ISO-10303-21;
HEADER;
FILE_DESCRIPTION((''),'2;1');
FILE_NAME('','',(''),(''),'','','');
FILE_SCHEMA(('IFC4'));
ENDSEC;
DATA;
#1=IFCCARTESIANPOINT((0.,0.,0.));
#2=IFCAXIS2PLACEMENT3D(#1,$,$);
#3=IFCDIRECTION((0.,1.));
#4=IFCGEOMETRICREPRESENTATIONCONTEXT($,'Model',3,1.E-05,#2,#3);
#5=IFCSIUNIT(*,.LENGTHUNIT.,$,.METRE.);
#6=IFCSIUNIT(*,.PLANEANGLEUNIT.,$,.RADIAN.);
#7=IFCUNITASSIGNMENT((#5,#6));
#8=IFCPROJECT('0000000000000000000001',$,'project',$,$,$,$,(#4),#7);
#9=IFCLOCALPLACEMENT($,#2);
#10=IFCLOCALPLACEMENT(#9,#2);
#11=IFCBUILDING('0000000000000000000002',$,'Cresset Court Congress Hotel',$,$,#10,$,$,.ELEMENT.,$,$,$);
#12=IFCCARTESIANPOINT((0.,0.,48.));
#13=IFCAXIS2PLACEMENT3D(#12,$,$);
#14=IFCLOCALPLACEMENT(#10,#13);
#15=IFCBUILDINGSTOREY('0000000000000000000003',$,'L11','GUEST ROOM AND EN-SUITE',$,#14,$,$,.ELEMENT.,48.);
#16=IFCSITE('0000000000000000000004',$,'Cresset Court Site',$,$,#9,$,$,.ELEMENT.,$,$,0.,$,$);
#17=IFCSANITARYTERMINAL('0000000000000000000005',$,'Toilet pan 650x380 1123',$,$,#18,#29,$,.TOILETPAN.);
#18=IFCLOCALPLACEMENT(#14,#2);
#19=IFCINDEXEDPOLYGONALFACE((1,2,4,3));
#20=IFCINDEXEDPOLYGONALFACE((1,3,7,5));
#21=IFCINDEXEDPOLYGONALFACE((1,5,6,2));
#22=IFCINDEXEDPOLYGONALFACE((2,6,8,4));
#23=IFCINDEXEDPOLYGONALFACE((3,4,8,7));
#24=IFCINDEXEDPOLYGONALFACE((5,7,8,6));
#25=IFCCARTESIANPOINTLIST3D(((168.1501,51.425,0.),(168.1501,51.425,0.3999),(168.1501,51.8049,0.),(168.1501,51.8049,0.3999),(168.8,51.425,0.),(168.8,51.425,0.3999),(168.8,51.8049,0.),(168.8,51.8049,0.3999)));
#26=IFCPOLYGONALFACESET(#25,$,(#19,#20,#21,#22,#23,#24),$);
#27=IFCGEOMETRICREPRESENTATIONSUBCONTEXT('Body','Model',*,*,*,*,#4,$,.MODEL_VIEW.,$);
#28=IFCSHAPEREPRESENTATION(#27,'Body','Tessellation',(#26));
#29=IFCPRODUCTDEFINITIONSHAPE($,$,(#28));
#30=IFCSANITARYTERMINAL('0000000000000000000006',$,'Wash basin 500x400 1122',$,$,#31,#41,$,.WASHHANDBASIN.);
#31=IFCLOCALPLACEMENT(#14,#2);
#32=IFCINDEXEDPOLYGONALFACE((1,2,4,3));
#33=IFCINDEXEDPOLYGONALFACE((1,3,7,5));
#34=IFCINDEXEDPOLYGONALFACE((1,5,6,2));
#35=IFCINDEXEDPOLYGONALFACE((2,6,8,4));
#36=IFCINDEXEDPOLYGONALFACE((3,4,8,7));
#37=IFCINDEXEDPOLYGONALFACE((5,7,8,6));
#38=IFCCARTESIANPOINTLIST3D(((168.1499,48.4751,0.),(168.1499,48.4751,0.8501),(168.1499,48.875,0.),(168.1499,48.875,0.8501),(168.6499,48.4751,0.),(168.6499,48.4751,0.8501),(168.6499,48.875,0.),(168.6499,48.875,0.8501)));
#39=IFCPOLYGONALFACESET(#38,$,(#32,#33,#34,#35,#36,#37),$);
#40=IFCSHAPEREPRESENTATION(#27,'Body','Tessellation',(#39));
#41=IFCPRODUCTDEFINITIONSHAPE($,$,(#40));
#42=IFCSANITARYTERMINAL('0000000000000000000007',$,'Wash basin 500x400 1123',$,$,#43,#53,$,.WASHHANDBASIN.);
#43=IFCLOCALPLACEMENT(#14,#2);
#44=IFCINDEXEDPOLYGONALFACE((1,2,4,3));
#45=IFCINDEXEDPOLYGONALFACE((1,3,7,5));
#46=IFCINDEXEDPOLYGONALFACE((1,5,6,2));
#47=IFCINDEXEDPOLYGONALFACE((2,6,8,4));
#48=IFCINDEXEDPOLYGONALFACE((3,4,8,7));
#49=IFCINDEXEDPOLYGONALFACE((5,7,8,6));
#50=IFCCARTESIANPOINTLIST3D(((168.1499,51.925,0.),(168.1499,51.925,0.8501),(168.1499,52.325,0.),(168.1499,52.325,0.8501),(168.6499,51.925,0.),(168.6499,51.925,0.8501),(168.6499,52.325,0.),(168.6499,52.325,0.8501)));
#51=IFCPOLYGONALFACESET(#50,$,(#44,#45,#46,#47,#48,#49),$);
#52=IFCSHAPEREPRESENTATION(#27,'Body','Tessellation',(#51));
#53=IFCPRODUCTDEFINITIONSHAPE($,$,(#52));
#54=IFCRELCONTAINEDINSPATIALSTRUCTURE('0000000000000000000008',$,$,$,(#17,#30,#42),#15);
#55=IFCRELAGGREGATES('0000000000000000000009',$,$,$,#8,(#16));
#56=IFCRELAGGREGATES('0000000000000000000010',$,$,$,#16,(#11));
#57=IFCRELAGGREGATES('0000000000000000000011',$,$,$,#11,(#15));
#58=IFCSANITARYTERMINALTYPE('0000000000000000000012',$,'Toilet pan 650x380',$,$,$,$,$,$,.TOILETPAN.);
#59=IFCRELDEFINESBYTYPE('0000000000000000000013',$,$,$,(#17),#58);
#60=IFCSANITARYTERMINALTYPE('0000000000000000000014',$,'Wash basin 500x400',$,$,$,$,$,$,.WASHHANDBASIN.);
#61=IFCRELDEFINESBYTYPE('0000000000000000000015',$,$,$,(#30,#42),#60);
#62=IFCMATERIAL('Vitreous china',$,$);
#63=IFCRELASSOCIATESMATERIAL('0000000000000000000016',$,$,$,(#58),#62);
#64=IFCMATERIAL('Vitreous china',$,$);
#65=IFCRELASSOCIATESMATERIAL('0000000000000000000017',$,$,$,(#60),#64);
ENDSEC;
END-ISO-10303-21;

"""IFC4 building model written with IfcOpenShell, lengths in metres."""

from ifc_helpers import new_model, si_unit, direction, frame, origin, origin_2d, place, context, subcontext, project, spatial, rectangle, extrude, material, type_object, element, save


model = new_model("IFC4")

# Units and contexts
model_context = context("Model", 3, precision=1e-05, world=origin(), true_north=direction((0.0, 1.0)))
body_context = subcontext(model_context, "Body", "Model", "MODEL_VIEW")
ifc_project = project(units=[si_unit("LENGTHUNIT", "METRE"), si_unit("PLANEANGLEUNIT", "RADIAN")], contexts=[model_context])

# Site, building, storey
site_placement = place(None, origin())
site = spatial("IfcSite", under=ifc_project, at=site_placement, Name="Cresset Court Site", CompositionType="ELEMENT", RefElevation=0.0)
building_placement = place(site_placement, origin())
building = spatial("IfcBuilding", under=site, at=building_placement, Name="Cresset Court Congress Hotel", CompositionType="ELEMENT")
storey_placement = place(building_placement, frame((0.0, 0.0, 48.0)))
storey = spatial("IfcBuildingStorey", under=building, at=storey_placement, Name="L11", Description="GUEST ROOM AND EN-SUITE", CompositionType="ELEMENT", Elevation=48.0)

# Sanitary terminals
ifc_material_1 = material(Name="Vitreous china")
sanitary_terminal_type_1 = type_object("IfcSanitaryTerminalType", Name="Toilet pan 650x380", PredefinedType="TOILETPAN", material=ifc_material_1)
for number, where, z_axis, x_axis, name in (
    (1, (168.4751, 51.615, 0.0), (0.0, 0.0, 1.0), (1.0, 0.0, 0.0), "Toilet pan 650x380 1123"),
):
    element("IfcSanitaryTerminal", number, at=place(storey_placement, frame(where, z_axis=z_axis, x_axis=x_axis)), inside=storey, type_object=sanitary_terminal_type_1, Name=name, PredefinedType="TOILETPAN", context=body_context, shape_type="SweptSolid", body=[
        extrude(rectangle(XDim=0.6499, YDim=0.3799, at=origin_2d()), origin(), (0.0, 0.0, 1.0), 0.3999),
    ])
ifc_material_2 = material(Name="Vitreous china")
sanitary_terminal_type_2 = type_object("IfcSanitaryTerminalType", Name="Wash basin 500x400", PredefinedType="WASHHANDBASIN", material=ifc_material_2)
for number, where, z_axis, x_axis, name in (
    (2, (168.3999, 48.675, 0.0), (0.0, 0.0, 1.0), (1.0, 0.0, 0.0), "Wash basin 500x400 1122"),
    (3, (168.3999, 52.125, 0.0), (0.0, 0.0, 1.0), (1.0, 0.0, 0.0), "Wash basin 500x400 1123"),
):
    element("IfcSanitaryTerminal", number, at=place(storey_placement, frame(where, z_axis=z_axis, x_axis=x_axis)), inside=storey, type_object=sanitary_terminal_type_2, Name=name, PredefinedType="WASHHANDBASIN", context=body_context, shape_type="SweptSolid", body=[
        extrude(rectangle(XDim=0.5, YDim=0.3999, at=origin_2d()), origin(), (0.0, 0.0, 1.0), 0.8501),
    ])

save(model, "model.ifc")
